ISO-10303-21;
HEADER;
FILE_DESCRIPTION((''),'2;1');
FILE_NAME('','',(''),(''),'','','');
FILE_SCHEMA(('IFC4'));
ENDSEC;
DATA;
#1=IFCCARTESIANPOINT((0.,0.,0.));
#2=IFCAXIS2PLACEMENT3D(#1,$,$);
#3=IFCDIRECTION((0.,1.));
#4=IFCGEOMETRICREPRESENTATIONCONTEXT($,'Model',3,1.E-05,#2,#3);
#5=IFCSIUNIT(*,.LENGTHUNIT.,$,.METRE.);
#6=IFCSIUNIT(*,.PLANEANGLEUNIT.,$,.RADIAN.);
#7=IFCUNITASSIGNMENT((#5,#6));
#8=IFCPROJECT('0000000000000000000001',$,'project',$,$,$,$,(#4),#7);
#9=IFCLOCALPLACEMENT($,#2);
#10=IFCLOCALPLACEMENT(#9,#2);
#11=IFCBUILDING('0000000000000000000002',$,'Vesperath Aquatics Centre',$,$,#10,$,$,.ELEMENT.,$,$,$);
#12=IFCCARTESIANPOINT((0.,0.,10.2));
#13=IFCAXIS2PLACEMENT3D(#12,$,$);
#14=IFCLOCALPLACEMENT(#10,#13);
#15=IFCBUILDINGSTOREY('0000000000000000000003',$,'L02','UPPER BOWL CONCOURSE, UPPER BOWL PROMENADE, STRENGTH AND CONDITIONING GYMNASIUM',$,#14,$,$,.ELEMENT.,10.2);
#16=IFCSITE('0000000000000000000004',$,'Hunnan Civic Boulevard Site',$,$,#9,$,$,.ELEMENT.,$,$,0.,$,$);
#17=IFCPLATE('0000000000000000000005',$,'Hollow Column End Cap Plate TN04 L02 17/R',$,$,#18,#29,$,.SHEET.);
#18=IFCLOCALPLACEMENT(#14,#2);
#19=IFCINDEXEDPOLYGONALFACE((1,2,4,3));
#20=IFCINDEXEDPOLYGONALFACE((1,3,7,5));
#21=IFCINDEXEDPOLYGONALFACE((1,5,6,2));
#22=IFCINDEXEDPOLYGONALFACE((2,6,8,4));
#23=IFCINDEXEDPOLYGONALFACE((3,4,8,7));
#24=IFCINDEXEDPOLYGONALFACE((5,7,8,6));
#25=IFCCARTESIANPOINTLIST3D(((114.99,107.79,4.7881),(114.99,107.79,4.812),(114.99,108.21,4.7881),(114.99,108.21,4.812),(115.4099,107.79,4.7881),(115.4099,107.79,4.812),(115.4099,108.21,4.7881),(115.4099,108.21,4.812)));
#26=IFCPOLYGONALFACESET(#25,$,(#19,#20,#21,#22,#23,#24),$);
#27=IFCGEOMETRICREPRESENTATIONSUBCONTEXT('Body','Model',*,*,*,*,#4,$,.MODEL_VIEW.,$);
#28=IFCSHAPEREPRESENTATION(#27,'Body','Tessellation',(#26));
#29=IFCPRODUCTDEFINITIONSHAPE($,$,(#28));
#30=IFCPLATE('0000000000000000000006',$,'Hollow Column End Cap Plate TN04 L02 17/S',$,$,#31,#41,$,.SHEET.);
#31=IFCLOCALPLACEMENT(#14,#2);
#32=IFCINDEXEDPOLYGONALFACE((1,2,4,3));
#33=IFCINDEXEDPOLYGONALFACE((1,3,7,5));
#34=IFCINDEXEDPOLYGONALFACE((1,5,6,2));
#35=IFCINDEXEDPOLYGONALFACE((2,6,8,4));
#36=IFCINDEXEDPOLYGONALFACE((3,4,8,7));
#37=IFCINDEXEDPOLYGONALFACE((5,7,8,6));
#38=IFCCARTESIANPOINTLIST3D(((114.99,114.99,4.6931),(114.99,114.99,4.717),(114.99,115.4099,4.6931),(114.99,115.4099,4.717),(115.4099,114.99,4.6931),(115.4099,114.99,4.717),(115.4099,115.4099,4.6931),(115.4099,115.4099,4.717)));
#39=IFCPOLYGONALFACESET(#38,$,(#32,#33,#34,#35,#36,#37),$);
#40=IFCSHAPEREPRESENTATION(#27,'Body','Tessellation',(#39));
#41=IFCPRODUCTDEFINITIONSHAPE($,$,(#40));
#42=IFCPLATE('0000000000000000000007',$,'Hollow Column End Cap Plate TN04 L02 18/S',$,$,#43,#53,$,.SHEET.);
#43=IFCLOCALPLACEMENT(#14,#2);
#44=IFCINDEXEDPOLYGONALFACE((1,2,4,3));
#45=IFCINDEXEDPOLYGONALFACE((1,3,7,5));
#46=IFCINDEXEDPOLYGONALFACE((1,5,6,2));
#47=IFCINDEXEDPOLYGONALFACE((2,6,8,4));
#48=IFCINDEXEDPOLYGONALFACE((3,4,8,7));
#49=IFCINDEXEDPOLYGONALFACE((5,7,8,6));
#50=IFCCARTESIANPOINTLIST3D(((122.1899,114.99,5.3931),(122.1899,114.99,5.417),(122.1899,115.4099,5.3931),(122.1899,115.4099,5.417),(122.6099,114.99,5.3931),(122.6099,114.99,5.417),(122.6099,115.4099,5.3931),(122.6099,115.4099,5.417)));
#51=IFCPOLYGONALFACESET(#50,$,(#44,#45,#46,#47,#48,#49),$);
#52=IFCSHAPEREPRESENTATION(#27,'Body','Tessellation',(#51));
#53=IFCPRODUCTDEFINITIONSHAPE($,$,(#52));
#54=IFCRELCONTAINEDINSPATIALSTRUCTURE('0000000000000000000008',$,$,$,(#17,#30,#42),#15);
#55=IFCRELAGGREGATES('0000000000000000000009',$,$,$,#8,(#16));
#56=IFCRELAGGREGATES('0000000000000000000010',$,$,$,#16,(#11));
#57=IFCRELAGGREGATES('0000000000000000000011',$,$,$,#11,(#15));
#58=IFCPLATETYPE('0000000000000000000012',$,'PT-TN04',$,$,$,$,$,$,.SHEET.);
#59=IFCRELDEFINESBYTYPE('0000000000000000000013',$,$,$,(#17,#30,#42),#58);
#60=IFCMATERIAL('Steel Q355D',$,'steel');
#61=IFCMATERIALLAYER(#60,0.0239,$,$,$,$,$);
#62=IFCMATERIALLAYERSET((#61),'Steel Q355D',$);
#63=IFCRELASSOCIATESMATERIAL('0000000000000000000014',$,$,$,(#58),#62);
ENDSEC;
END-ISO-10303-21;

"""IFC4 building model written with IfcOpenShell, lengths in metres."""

from ifc_helpers import new_model, si_unit, direction, frame, origin, origin_2d, place, context, subcontext, project, spatial, rectangle, extrude, material, layer, layer_set, type_object, element, save


model = new_model("IFC4")

# Units and contexts
model_context = context("Model", 3, precision=1e-05, world=origin(), true_north=direction((0.0, 1.0)))
body_context = subcontext(model_context, "Body", "Model", "MODEL_VIEW")
ifc_project = project(units=[si_unit("LENGTHUNIT", "METRE"), si_unit("PLANEANGLEUNIT", "RADIAN")], contexts=[model_context])

# Site, building, storey
site_placement = place(None, origin())
site = spatial("IfcSite", under=ifc_project, at=site_placement, Name="Hunnan Civic Boulevard Site", CompositionType="ELEMENT", RefElevation=0.0)
building_placement = place(site_placement, origin())
building = spatial("IfcBuilding", under=site, at=building_placement, Name="Vesperath Aquatics Centre", CompositionType="ELEMENT")
storey_placement = place(building_placement, frame((0.0, 0.0, 10.2)))
storey = spatial("IfcBuildingStorey", under=building, at=storey_placement, Name="L02", Description="UPPER BOWL CONCOURSE, UPPER BOWL PROMENADE, STRENGTH AND CONDITIONING GYMNASIUM", CompositionType="ELEMENT", Elevation=10.2)

# Shared definitions
ifc_material_1 = material(Name="Steel Q355D", Category="steel")

# Plates
ifc_layer_1 = layer(ifc_material_1, 0.0239)
ifc_layer_set_1 = layer_set([ifc_layer_1], Name="Steel Q355D")
plate_type_1 = type_object("IfcPlateType", Name="PT-TN04", PredefinedType="SHEET", material=ifc_layer_set_1)
for number, where, z_axis, x_axis, name in (
    (1, (115.2, 108.0, 4.7881), (0.0, 0.0, 1.0), (1.0, 0.0, 0.0), "Hollow Column End Cap Plate TN04 L02 17/R"),
    (2, (115.2, 115.2, 4.6931), (0.0, 0.0, 1.0), (1.0, 0.0, 0.0), "Hollow Column End Cap Plate TN04 L02 17/S"),
    (3, (122.3999, 115.2, 5.3931), (0.0, 0.0, 1.0), (1.0, 0.0, 0.0), "Hollow Column End Cap Plate TN04 L02 18/S"),
):
    element("IfcPlate", number, at=place(storey_placement, frame(where, z_axis=z_axis, x_axis=x_axis)), inside=storey, type_object=plate_type_1, Name=name, PredefinedType="SHEET", context=body_context, shape_type="SweptSolid", body=[
        extrude(rectangle(XDim=0.4199, YDim=0.4199, at=origin_2d()), origin(), (0.0, 0.0, 1.0), 0.0239),
    ])

save(model, "model.ifc")
